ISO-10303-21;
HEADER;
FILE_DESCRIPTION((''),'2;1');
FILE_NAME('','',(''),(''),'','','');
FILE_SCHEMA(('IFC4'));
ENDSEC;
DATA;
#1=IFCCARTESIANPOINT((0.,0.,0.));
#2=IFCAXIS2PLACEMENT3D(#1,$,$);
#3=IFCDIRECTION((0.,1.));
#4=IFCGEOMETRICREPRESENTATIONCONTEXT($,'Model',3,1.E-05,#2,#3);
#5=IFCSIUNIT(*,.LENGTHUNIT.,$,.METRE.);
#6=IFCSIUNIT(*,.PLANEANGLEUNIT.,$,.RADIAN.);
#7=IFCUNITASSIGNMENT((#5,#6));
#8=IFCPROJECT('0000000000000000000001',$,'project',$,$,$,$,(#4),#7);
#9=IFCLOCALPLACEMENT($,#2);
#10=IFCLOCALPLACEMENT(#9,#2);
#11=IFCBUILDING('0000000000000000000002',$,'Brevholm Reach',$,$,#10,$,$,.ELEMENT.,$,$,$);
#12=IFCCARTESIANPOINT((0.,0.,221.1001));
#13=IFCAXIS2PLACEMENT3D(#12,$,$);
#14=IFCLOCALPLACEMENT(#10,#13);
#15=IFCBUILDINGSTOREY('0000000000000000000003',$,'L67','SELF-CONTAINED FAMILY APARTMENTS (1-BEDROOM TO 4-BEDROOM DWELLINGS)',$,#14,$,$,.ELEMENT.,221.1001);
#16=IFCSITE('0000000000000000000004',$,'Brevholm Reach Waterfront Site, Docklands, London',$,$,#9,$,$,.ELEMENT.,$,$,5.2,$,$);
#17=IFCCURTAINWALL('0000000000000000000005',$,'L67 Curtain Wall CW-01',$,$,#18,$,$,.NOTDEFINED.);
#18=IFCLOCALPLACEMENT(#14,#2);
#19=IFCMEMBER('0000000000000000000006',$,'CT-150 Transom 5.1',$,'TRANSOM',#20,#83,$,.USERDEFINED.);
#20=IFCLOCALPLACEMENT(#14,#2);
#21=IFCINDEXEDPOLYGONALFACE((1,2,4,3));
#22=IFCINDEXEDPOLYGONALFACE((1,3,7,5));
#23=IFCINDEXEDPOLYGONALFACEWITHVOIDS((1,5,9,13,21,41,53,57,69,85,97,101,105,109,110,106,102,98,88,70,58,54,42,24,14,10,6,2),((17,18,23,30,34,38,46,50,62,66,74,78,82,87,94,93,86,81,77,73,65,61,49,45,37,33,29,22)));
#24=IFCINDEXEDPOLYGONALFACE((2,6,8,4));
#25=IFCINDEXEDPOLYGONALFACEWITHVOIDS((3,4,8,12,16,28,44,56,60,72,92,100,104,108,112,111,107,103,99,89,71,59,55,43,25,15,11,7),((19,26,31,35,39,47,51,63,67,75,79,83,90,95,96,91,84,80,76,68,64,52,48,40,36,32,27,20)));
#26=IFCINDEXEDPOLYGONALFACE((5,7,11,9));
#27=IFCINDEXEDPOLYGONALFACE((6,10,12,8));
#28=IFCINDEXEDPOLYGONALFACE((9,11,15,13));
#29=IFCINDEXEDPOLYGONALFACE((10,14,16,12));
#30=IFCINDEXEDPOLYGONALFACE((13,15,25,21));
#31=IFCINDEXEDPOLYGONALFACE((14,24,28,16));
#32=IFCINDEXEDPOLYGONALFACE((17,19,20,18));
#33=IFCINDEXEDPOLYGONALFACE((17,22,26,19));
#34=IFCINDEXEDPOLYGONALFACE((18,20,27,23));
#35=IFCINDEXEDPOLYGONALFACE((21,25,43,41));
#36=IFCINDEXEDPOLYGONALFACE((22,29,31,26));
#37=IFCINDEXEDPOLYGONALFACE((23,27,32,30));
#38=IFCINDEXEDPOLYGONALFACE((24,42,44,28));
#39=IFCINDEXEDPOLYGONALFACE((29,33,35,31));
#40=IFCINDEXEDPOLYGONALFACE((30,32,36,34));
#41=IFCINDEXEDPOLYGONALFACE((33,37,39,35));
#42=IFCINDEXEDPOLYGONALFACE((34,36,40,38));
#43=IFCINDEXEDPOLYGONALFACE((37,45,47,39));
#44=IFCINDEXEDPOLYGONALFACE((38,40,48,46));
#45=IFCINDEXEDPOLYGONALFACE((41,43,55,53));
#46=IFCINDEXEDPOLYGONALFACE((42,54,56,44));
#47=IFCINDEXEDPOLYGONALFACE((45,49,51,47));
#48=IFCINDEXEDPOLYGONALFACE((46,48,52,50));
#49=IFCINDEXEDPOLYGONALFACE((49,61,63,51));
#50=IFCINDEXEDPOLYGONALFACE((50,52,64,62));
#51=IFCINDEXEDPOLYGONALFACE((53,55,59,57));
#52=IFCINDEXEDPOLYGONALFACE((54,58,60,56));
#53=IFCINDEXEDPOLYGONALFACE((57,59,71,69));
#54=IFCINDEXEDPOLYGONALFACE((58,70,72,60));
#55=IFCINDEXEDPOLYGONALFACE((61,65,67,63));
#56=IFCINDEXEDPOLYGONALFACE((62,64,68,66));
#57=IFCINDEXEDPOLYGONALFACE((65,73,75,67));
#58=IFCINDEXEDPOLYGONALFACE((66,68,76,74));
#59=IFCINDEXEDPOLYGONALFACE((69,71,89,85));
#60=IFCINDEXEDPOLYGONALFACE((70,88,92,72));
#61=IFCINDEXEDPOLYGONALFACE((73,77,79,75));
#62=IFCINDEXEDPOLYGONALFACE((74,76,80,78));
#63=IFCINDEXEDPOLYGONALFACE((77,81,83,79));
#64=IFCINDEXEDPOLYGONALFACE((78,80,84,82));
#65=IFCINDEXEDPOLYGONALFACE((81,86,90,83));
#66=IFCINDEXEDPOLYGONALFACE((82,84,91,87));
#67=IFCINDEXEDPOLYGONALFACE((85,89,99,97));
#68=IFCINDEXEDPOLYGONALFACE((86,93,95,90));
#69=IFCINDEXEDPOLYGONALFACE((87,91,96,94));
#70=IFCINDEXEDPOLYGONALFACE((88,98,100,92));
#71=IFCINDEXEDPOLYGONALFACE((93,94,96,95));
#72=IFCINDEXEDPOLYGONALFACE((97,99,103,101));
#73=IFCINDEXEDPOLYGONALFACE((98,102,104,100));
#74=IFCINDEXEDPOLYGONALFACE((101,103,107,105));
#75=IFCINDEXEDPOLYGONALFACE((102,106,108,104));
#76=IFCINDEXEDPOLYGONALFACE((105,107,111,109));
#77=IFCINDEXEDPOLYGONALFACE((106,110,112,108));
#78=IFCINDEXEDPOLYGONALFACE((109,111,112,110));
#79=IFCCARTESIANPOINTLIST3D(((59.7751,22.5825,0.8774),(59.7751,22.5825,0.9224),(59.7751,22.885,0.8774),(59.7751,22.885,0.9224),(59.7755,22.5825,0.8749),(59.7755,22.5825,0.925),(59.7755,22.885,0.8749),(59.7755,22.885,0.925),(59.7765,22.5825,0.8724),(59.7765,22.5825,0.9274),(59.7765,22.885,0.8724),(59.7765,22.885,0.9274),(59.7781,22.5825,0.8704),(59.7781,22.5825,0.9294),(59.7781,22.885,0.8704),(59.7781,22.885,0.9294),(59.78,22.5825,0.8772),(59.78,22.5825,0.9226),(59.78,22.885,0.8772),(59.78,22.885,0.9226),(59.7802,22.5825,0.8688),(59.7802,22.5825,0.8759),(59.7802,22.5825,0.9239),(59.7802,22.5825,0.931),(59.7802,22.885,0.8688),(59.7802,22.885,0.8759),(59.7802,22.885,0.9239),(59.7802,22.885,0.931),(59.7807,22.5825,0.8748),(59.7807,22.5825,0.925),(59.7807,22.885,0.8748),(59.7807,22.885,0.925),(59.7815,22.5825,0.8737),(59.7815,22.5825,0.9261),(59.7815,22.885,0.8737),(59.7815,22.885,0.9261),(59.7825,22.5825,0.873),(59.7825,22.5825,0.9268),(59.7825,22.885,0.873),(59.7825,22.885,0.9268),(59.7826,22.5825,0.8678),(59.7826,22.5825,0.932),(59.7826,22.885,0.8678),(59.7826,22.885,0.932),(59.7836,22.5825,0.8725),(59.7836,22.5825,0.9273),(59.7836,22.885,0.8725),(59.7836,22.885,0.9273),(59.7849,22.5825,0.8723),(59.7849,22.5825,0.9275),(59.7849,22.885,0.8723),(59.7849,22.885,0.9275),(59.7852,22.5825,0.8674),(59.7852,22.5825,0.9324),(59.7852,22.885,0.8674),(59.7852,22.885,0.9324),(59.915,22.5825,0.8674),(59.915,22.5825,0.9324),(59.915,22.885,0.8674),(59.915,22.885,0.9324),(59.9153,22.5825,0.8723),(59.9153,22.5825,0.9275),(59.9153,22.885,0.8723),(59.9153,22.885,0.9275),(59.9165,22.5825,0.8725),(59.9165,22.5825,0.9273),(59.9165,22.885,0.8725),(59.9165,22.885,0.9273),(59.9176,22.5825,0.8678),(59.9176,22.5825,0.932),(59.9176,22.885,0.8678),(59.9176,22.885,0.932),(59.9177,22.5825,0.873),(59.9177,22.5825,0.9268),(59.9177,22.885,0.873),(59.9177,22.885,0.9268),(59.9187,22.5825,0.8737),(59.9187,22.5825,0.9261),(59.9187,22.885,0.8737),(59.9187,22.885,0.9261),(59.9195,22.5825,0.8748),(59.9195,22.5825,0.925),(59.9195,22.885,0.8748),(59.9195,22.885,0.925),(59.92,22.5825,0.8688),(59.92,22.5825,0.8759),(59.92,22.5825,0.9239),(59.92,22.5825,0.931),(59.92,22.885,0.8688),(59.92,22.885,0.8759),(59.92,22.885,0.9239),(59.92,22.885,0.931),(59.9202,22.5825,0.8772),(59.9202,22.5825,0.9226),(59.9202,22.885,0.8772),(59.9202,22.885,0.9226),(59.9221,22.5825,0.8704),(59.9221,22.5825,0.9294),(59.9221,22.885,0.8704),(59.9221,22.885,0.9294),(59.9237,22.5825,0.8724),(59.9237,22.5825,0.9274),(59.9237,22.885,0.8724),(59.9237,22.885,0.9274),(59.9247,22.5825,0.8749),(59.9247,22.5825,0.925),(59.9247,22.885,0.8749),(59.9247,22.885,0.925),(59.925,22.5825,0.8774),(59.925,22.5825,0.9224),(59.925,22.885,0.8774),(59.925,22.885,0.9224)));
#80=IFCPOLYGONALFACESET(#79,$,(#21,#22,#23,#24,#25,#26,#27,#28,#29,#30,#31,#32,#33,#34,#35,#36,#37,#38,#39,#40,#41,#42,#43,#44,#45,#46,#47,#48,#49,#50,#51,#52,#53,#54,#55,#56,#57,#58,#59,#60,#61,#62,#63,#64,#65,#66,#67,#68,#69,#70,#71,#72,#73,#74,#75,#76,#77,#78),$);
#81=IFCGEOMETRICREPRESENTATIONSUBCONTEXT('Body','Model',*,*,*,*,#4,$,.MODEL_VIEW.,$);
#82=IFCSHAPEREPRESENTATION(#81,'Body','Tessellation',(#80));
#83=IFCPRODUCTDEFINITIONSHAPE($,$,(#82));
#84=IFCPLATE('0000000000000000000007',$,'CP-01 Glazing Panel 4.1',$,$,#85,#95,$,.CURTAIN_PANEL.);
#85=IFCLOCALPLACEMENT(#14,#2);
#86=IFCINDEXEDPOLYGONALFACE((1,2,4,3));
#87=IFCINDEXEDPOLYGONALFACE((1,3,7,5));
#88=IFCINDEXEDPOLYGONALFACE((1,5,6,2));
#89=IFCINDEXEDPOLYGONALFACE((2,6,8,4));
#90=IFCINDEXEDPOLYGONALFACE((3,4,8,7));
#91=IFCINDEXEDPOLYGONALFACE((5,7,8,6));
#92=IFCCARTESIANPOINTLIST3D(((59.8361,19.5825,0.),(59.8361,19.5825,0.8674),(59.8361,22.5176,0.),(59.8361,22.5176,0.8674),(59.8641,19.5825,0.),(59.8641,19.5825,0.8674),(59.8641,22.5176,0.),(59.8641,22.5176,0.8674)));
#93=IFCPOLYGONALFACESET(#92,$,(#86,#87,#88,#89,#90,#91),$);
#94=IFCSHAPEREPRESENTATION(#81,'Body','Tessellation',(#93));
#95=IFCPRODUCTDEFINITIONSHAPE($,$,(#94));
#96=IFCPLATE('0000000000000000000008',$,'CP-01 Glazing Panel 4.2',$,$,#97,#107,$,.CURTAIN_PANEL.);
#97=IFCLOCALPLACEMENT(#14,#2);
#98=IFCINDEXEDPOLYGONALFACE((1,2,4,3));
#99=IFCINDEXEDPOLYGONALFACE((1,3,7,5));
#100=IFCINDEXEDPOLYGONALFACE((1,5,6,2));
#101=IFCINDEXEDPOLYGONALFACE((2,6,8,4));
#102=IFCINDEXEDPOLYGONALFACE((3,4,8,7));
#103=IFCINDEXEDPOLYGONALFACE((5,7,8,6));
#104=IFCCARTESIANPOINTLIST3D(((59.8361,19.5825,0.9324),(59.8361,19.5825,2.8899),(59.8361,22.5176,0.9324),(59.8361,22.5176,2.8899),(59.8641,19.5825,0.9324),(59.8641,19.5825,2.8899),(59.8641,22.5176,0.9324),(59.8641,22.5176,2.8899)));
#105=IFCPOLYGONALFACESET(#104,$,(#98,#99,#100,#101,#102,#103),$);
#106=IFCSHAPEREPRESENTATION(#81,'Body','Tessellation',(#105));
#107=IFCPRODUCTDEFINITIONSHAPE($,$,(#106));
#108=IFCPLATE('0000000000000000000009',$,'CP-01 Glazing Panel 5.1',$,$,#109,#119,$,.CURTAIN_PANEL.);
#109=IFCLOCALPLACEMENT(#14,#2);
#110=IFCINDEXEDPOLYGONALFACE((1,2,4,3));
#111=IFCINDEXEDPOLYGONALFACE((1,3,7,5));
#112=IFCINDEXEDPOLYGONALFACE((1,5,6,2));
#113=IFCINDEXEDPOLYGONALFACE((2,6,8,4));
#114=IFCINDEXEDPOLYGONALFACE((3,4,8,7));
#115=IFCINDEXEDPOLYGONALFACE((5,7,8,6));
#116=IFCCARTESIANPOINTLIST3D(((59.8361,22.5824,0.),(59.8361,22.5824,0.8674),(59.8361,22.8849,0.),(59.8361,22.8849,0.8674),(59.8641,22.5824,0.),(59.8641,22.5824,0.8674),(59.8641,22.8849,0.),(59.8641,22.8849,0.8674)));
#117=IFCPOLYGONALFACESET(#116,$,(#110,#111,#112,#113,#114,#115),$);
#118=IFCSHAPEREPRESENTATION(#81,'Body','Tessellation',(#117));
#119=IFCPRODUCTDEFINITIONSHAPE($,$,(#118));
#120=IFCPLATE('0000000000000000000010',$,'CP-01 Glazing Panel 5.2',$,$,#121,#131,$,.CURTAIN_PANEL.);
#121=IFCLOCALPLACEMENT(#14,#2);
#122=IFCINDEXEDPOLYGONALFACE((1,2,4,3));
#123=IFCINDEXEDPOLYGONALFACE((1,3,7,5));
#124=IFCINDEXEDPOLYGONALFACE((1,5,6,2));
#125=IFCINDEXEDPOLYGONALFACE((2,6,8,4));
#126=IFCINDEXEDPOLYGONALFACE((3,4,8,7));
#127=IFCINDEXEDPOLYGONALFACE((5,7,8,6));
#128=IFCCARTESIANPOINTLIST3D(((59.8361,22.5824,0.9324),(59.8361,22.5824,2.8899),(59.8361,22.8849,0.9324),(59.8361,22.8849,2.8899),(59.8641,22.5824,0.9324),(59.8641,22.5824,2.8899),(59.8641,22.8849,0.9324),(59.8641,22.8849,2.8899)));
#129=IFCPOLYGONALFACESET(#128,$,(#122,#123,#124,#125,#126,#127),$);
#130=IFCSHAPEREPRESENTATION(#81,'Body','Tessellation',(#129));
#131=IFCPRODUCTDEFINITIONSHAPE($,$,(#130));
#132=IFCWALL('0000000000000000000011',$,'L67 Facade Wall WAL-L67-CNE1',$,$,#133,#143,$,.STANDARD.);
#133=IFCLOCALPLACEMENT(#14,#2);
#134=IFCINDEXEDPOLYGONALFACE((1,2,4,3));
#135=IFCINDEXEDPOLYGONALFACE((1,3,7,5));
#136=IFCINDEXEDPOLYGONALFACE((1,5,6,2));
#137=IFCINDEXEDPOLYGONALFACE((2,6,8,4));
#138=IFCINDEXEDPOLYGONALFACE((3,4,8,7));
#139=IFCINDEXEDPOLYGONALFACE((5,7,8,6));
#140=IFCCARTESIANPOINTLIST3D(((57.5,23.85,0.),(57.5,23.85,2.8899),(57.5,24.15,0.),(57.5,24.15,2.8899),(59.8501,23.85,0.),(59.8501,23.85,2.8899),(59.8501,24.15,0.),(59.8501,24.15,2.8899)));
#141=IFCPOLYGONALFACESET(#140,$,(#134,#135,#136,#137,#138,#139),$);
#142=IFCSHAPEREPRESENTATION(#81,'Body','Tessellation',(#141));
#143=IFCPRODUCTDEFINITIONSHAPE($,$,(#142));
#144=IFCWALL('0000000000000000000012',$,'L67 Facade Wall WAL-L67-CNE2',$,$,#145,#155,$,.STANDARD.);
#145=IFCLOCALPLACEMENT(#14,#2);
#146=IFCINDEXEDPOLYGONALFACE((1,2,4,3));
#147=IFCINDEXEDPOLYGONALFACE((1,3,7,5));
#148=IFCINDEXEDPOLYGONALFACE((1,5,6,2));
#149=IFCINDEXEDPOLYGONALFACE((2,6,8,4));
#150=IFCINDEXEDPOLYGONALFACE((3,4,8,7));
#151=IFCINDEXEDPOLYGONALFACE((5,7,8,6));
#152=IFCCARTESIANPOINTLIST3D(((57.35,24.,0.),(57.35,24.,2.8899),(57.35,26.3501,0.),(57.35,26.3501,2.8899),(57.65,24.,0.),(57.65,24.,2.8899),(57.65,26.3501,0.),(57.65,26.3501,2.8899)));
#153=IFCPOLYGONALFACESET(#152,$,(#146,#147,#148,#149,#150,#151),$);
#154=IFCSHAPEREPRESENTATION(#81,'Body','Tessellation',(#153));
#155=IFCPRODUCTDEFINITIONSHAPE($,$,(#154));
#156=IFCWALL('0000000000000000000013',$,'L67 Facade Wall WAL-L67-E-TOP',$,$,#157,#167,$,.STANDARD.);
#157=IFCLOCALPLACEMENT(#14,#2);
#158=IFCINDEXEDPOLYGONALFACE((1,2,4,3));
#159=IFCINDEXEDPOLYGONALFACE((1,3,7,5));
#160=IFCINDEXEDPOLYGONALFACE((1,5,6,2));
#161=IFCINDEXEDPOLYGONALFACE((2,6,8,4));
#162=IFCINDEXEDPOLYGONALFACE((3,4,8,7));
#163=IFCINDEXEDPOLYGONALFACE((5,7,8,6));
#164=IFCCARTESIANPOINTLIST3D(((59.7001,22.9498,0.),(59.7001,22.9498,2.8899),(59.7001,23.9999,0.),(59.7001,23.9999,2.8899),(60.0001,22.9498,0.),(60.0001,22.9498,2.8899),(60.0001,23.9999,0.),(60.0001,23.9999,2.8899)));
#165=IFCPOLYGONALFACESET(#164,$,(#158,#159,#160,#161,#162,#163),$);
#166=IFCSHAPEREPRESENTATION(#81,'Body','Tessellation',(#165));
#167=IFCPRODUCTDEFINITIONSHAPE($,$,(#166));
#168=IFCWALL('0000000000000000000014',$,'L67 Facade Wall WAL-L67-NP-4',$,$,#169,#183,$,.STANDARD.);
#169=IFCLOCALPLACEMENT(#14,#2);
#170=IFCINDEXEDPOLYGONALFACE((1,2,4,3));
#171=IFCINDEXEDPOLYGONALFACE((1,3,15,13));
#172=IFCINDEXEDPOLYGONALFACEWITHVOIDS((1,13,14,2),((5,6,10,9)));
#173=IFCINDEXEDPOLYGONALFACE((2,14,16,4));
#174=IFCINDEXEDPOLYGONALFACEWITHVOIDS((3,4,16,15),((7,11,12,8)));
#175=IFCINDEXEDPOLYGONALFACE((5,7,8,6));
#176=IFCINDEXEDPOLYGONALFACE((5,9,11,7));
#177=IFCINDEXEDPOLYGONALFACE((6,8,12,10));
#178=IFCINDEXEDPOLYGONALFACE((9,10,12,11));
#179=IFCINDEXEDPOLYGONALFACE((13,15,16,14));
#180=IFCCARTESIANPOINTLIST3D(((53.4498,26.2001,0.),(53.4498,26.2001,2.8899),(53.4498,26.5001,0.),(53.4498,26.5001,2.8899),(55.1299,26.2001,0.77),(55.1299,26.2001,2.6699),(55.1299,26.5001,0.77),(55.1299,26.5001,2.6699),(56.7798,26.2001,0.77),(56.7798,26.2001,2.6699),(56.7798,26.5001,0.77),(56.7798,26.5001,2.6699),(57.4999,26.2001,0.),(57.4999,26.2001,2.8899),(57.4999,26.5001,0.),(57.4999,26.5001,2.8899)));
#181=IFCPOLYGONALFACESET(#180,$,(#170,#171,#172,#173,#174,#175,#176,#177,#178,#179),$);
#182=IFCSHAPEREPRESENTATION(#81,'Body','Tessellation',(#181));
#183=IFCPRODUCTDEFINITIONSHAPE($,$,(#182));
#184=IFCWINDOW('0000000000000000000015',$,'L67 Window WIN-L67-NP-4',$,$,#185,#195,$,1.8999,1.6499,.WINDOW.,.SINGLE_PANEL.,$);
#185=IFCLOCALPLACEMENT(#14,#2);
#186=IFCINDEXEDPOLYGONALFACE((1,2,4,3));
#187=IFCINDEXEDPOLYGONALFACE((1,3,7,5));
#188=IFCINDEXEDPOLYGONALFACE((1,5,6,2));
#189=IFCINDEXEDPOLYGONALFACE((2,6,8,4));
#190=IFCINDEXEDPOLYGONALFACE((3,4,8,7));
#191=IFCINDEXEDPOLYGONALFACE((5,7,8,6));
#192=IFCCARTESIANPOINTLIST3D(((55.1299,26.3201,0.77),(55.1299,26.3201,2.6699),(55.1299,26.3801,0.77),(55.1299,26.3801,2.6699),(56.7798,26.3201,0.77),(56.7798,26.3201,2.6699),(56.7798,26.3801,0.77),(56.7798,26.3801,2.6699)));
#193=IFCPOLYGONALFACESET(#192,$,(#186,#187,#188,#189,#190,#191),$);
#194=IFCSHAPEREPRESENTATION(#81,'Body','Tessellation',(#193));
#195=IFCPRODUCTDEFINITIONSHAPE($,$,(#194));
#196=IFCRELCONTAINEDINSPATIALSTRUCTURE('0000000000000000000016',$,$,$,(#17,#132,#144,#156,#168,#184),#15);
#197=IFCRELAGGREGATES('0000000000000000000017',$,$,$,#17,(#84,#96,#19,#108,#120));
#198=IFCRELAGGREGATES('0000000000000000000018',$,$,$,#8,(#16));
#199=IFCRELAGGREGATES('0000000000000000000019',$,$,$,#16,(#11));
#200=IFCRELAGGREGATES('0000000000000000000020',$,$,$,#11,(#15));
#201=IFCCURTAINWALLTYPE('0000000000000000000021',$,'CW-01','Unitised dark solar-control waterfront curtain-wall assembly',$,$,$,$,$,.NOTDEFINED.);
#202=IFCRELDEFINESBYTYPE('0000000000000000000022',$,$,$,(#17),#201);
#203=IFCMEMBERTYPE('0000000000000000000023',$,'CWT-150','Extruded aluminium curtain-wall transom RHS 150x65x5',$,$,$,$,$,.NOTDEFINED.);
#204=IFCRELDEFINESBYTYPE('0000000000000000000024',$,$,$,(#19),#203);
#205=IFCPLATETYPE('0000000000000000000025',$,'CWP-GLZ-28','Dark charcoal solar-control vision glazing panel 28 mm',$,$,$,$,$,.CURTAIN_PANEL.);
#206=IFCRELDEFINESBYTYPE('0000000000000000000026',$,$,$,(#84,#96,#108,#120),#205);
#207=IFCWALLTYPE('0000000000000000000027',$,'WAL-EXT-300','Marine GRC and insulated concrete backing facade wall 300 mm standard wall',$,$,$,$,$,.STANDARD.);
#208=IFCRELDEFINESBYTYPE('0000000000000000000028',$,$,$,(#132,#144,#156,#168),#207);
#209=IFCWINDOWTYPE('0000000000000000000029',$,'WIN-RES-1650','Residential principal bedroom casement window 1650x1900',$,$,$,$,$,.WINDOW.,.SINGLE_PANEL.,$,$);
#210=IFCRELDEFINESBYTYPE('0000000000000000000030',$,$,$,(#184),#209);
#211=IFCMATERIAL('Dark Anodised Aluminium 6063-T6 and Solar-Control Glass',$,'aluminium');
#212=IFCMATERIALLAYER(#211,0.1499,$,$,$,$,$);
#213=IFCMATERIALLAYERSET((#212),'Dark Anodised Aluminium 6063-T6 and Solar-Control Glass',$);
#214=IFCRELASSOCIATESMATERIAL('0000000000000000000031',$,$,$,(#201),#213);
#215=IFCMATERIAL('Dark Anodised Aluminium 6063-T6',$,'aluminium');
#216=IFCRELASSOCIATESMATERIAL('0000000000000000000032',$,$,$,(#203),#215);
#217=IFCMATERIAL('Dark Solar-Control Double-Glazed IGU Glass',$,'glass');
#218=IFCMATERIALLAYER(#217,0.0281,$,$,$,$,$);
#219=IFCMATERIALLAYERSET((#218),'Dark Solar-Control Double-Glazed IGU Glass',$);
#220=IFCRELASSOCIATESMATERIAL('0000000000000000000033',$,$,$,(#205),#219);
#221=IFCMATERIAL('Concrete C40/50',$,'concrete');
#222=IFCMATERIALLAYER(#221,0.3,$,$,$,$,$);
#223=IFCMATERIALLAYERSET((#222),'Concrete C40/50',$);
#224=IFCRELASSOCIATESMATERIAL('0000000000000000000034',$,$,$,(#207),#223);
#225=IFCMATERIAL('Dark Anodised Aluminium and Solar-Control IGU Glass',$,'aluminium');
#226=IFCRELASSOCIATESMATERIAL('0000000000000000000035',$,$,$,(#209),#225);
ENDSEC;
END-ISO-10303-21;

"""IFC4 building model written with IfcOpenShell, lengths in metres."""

from ifc_helpers import new_model, si_unit, direction, frame, frame_2d, origin, origin_2d, place, context, subcontext, project, spatial, rectangle, hollow_rectangle, extrude, material, layer, layer_set, material_profile, profile_set, type_object, element, fill, aggregate, save


model = new_model("IFC4")

# Units and contexts
model_context = context("Model", 3, precision=1e-05, world=origin(), true_north=direction((0.0, 1.0)))
body_context = subcontext(model_context, "Body", "Model", "MODEL_VIEW")
ifc_project = project(units=[si_unit("LENGTHUNIT", "METRE"), si_unit("PLANEANGLEUNIT", "RADIAN")], contexts=[model_context])

# Site, building, storey
site_placement = place(None, origin())
site = spatial("IfcSite", under=ifc_project, at=site_placement, Name="Brevholm Reach Waterfront Site, Docklands, London", CompositionType="ELEMENT", RefElevation=5.2)
building_placement = place(site_placement, origin())
building = spatial("IfcBuilding", under=site, at=building_placement, Name="Brevholm Reach", CompositionType="ELEMENT")
storey_placement = place(building_placement, frame((0.0, 0.0, 221.1001)))
storey = spatial("IfcBuildingStorey", under=building, at=storey_placement, Name="L67", Description="SELF-CONTAINED FAMILY APARTMENTS (1-BEDROOM TO 4-BEDROOM DWELLINGS)", CompositionType="ELEMENT", Elevation=221.1001)

# Curtain wall, member, plates
ifc_material_1 = material(Name="Dark Anodised Aluminium 6063-T6 and Solar-Control Glass", Category="aluminium")
ifc_layer_1 = layer(ifc_material_1, 0.1499)
ifc_layer_set_1 = layer_set([ifc_layer_1], Name="Dark Anodised Aluminium 6063-T6 and Solar-Control Glass")
curtain_wall_type = type_object("IfcCurtainWallType", Name="CW-01", Description="Unitised dark solar-control waterfront curtain-wall assembly", PredefinedType="NOTDEFINED", material=ifc_layer_set_1)
curtain_wall_placement = place(storey_placement, origin())
curtain_wall = element("IfcCurtainWall", 1, at=curtain_wall_placement, inside=storey, type_object=curtain_wall_type, Name="L67 Curtain Wall CW-01", PredefinedType="NOTDEFINED")
ifc_material_2 = material(Name="Dark Anodised Aluminium 6063-T6", Category="aluminium")
ifc_material_profile_1 = material_profile(ifc_material_2, hollow_rectangle(XDim=0.0649, YDim=0.1499, WallThickness=0.0049, InnerFilletRadius=0.0049, OuterFilletRadius=0.01, at=origin_2d()), Name="RHS 150x65x5")
ifc_profile_set_1 = profile_set([ifc_material_profile_1], Name="Dark Anodised Aluminium 6063-T6")
member_type_1 = type_object("IfcMemberType", Name="CWT-150", Description="Extruded aluminium curtain-wall transom RHS 150x65x5", PredefinedType="NOTDEFINED", material=ifc_profile_set_1)
member_1_placement = place(storey_placement, frame((59.8501, 22.5825, 0.8999), z_axis=(0.0, 1.0, 0.0), x_axis=(0.0, 0.0, 1.0)))
member_1 = element("IfcMember", 2, at=member_1_placement, type_object=member_type_1, Name="CT-150 Transom 5.1", ObjectType="TRANSOM", PredefinedType="USERDEFINED", context=body_context, shape_type="SweptSolid", body=[
    extrude(hollow_rectangle(XDim=0.0649, YDim=0.1499, WallThickness=0.0049, InnerFilletRadius=0.0049, OuterFilletRadius=0.01, at=origin_2d()), origin(), (0.0, 0.0, 1.0), 0.3025),
])
ifc_material_3 = material(Name="Dark Solar-Control Double-Glazed IGU Glass", Category="glass")
ifc_layer_2 = layer(ifc_material_3, 0.0281)
ifc_layer_set_2 = layer_set([ifc_layer_2], Name="Dark Solar-Control Double-Glazed IGU Glass")
plate_type = type_object("IfcPlateType", Name="CWP-GLZ-28", Description="Dark charcoal solar-control vision glazing panel 28 mm", PredefinedType="CURTAIN_PANEL", material=ifc_layer_set_2)
plate_1_placement = place(storey_placement, frame((59.8501, 21.05, 0.0), z_axis=(0.0, 0.0, 1.0), x_axis=(0.0, 1.0, 0.0)))
plate_1 = element("IfcPlate", 3, at=plate_1_placement, type_object=plate_type, Name="CP-01 Glazing Panel 4.1", PredefinedType="CURTAIN_PANEL", context=body_context, shape_type="SweptSolid", body=[
    extrude(rectangle(XDim=2.9351, YDim=0.0281, at=origin_2d()), origin(), (0.0, 0.0, 1.0), 0.8674),
])
plate_2_placement = place(storey_placement, frame((59.8501, 21.05, 0.9324), z_axis=(0.0, 0.0, 1.0), x_axis=(0.0, 1.0, 0.0)))
plate_2 = element("IfcPlate", 4, at=plate_2_placement, type_object=plate_type, Name="CP-01 Glazing Panel 4.2", PredefinedType="CURTAIN_PANEL", context=body_context, shape_type="SweptSolid", body=[
    extrude(rectangle(XDim=2.9351, YDim=0.0281, at=origin_2d()), origin(), (0.0, 0.0, 1.0), 1.9575),
])
plate_3_placement = place(storey_placement, frame((59.8501, 22.7336, 0.0), z_axis=(0.0, 0.0, 1.0), x_axis=(0.0, 1.0, 0.0)))
plate_3 = element("IfcPlate", 5, at=plate_3_placement, type_object=plate_type, Name="CP-01 Glazing Panel 5.1", PredefinedType="CURTAIN_PANEL", context=body_context, shape_type="SweptSolid", body=[
    extrude(rectangle(XDim=0.3025, YDim=0.0281, at=origin_2d()), origin(), (0.0, 0.0, 1.0), 0.8674),
])
plate_4_placement = place(storey_placement, frame((59.8501, 22.7336, 0.9324), z_axis=(0.0, 0.0, 1.0), x_axis=(0.0, 1.0, 0.0)))
plate_4 = element("IfcPlate", 6, at=plate_4_placement, type_object=plate_type, Name="CP-01 Glazing Panel 5.2", PredefinedType="CURTAIN_PANEL", context=body_context, shape_type="SweptSolid", body=[
    extrude(rectangle(XDim=0.3025, YDim=0.0281, at=origin_2d()), origin(), (0.0, 0.0, 1.0), 1.9575),
])
aggregate(curtain_wall, [plate_1, plate_2, member_1, plate_3, plate_4])

# Walls
ifc_material_4 = material(Name="Concrete C40/50", Category="concrete")
ifc_layer_3 = layer(ifc_material_4, 0.3)
ifc_layer_set_3 = layer_set([ifc_layer_3], Name="Concrete C40/50")
wall_type_1 = type_object("IfcWallType", Name="WAL-EXT-300", Description="Marine GRC and insulated concrete backing facade wall 300 mm standard wall", PredefinedType="STANDARD", material=ifc_layer_set_3)
for number, where, z_axis, x_axis, name in (
    (7, (59.8501, 24.0, 0.0), (0.0, 0.0, 1.0), (-1.0, 0.0, 0.0), "L67 Facade Wall WAL-L67-CNE1"),
    (8, (57.5, 24.0, 0.0), (0.0, 0.0, 1.0), (0.0, 1.0, 0.0), "L67 Facade Wall WAL-L67-CNE2"),
):
    element("IfcWall", number, at=place(storey_placement, frame(where, z_axis=z_axis, x_axis=x_axis)), inside=storey, type_object=wall_type_1, Name=name, PredefinedType="STANDARD", context=body_context, shape_type="SweptSolid", body=[
        extrude(rectangle(XDim=2.3501, YDim=0.3, at=frame_2d((1.175, 0.0))), origin(), (0.0, 0.0, 1.0), 2.8899),
    ])
wall_1_placement = place(storey_placement, frame((59.8501, 22.95, 0.0), z_axis=(0.0, 0.0, 1.0), x_axis=(0.0, 1.0, 0.0)))
element("IfcWall", 9, at=wall_1_placement, inside=storey, type_object=wall_type_1, Name="L67 Facade Wall WAL-L67-E-TOP", PredefinedType="STANDARD", context=body_context, shape_type="SweptSolid", body=[
    extrude(rectangle(XDim=1.05, YDim=0.3, at=frame_2d((0.5249, 0.0))), origin(), (0.0, 0.0, 1.0), 2.8899),
])

# Wall, opening, window
wall_2_placement = place(storey_placement, frame((53.45, 26.3501, 0.0), z_axis=(0.0, 0.0, 1.0), x_axis=(1.0, 0.0, 0.0)))
wall_2 = element("IfcWall", 10, at=wall_2_placement, inside=storey, type_object=wall_type_1, Name="L67 Facade Wall WAL-L67-NP-4", PredefinedType="STANDARD", context=body_context, shape_type="SweptSolid", body=[
    extrude(rectangle(XDim=4.05, YDim=0.3, at=frame_2d((2.0249, 0.0))), origin(), (0.0, 0.0, 1.0), 2.8899),
])
opening_placement = place(wall_2_placement, frame((1.6799, 0.0, 0.77)))
opening = element("IfcOpeningElement", 11, at=opening_placement, cuts=wall_2, PredefinedType="OPENING", context=body_context, shape_type="SweptSolid", body=[
    extrude(rectangle(XDim=1.6499, YDim=1.8999, at=frame_2d((0.825, 0.95))), frame((0.0, 0.1599, 0.0), z_axis=(0.0, -1.0, 0.0), x_axis=(1.0, 0.0, 0.0)), (0.0, 0.0, 1.0), 0.3201),
])
ifc_material_5 = material(Name="Dark Anodised Aluminium and Solar-Control IGU Glass", Category="aluminium")
window_type = type_object("IfcWindowType", Name="WIN-RES-1650", Description="Residential principal bedroom casement window 1650x1900", PartitioningType="SINGLE_PANEL", PredefinedType="WINDOW", material=ifc_material_5)
window_placement = place(opening_placement, origin())
window = element("IfcWindow", 12, at=window_placement, inside=storey, type_object=window_type, Name="L67 Window WIN-L67-NP-4", OverallHeight=1.8999, OverallWidth=1.6499, PartitioningType="SINGLE_PANEL", PredefinedType="WINDOW", context=body_context, shape_type="SweptSolid", body=[
    extrude(rectangle(XDim=1.6499, YDim=1.8999, at=frame_2d((0.825, 0.95))), frame((0.0, 0.03, 0.0), z_axis=(0.0, -1.0, 0.0), x_axis=(1.0, 0.0, 0.0)), (0.0, 0.0, 1.0), 0.0601),
])
fill(opening, window)

save(model, "model.ifc")
